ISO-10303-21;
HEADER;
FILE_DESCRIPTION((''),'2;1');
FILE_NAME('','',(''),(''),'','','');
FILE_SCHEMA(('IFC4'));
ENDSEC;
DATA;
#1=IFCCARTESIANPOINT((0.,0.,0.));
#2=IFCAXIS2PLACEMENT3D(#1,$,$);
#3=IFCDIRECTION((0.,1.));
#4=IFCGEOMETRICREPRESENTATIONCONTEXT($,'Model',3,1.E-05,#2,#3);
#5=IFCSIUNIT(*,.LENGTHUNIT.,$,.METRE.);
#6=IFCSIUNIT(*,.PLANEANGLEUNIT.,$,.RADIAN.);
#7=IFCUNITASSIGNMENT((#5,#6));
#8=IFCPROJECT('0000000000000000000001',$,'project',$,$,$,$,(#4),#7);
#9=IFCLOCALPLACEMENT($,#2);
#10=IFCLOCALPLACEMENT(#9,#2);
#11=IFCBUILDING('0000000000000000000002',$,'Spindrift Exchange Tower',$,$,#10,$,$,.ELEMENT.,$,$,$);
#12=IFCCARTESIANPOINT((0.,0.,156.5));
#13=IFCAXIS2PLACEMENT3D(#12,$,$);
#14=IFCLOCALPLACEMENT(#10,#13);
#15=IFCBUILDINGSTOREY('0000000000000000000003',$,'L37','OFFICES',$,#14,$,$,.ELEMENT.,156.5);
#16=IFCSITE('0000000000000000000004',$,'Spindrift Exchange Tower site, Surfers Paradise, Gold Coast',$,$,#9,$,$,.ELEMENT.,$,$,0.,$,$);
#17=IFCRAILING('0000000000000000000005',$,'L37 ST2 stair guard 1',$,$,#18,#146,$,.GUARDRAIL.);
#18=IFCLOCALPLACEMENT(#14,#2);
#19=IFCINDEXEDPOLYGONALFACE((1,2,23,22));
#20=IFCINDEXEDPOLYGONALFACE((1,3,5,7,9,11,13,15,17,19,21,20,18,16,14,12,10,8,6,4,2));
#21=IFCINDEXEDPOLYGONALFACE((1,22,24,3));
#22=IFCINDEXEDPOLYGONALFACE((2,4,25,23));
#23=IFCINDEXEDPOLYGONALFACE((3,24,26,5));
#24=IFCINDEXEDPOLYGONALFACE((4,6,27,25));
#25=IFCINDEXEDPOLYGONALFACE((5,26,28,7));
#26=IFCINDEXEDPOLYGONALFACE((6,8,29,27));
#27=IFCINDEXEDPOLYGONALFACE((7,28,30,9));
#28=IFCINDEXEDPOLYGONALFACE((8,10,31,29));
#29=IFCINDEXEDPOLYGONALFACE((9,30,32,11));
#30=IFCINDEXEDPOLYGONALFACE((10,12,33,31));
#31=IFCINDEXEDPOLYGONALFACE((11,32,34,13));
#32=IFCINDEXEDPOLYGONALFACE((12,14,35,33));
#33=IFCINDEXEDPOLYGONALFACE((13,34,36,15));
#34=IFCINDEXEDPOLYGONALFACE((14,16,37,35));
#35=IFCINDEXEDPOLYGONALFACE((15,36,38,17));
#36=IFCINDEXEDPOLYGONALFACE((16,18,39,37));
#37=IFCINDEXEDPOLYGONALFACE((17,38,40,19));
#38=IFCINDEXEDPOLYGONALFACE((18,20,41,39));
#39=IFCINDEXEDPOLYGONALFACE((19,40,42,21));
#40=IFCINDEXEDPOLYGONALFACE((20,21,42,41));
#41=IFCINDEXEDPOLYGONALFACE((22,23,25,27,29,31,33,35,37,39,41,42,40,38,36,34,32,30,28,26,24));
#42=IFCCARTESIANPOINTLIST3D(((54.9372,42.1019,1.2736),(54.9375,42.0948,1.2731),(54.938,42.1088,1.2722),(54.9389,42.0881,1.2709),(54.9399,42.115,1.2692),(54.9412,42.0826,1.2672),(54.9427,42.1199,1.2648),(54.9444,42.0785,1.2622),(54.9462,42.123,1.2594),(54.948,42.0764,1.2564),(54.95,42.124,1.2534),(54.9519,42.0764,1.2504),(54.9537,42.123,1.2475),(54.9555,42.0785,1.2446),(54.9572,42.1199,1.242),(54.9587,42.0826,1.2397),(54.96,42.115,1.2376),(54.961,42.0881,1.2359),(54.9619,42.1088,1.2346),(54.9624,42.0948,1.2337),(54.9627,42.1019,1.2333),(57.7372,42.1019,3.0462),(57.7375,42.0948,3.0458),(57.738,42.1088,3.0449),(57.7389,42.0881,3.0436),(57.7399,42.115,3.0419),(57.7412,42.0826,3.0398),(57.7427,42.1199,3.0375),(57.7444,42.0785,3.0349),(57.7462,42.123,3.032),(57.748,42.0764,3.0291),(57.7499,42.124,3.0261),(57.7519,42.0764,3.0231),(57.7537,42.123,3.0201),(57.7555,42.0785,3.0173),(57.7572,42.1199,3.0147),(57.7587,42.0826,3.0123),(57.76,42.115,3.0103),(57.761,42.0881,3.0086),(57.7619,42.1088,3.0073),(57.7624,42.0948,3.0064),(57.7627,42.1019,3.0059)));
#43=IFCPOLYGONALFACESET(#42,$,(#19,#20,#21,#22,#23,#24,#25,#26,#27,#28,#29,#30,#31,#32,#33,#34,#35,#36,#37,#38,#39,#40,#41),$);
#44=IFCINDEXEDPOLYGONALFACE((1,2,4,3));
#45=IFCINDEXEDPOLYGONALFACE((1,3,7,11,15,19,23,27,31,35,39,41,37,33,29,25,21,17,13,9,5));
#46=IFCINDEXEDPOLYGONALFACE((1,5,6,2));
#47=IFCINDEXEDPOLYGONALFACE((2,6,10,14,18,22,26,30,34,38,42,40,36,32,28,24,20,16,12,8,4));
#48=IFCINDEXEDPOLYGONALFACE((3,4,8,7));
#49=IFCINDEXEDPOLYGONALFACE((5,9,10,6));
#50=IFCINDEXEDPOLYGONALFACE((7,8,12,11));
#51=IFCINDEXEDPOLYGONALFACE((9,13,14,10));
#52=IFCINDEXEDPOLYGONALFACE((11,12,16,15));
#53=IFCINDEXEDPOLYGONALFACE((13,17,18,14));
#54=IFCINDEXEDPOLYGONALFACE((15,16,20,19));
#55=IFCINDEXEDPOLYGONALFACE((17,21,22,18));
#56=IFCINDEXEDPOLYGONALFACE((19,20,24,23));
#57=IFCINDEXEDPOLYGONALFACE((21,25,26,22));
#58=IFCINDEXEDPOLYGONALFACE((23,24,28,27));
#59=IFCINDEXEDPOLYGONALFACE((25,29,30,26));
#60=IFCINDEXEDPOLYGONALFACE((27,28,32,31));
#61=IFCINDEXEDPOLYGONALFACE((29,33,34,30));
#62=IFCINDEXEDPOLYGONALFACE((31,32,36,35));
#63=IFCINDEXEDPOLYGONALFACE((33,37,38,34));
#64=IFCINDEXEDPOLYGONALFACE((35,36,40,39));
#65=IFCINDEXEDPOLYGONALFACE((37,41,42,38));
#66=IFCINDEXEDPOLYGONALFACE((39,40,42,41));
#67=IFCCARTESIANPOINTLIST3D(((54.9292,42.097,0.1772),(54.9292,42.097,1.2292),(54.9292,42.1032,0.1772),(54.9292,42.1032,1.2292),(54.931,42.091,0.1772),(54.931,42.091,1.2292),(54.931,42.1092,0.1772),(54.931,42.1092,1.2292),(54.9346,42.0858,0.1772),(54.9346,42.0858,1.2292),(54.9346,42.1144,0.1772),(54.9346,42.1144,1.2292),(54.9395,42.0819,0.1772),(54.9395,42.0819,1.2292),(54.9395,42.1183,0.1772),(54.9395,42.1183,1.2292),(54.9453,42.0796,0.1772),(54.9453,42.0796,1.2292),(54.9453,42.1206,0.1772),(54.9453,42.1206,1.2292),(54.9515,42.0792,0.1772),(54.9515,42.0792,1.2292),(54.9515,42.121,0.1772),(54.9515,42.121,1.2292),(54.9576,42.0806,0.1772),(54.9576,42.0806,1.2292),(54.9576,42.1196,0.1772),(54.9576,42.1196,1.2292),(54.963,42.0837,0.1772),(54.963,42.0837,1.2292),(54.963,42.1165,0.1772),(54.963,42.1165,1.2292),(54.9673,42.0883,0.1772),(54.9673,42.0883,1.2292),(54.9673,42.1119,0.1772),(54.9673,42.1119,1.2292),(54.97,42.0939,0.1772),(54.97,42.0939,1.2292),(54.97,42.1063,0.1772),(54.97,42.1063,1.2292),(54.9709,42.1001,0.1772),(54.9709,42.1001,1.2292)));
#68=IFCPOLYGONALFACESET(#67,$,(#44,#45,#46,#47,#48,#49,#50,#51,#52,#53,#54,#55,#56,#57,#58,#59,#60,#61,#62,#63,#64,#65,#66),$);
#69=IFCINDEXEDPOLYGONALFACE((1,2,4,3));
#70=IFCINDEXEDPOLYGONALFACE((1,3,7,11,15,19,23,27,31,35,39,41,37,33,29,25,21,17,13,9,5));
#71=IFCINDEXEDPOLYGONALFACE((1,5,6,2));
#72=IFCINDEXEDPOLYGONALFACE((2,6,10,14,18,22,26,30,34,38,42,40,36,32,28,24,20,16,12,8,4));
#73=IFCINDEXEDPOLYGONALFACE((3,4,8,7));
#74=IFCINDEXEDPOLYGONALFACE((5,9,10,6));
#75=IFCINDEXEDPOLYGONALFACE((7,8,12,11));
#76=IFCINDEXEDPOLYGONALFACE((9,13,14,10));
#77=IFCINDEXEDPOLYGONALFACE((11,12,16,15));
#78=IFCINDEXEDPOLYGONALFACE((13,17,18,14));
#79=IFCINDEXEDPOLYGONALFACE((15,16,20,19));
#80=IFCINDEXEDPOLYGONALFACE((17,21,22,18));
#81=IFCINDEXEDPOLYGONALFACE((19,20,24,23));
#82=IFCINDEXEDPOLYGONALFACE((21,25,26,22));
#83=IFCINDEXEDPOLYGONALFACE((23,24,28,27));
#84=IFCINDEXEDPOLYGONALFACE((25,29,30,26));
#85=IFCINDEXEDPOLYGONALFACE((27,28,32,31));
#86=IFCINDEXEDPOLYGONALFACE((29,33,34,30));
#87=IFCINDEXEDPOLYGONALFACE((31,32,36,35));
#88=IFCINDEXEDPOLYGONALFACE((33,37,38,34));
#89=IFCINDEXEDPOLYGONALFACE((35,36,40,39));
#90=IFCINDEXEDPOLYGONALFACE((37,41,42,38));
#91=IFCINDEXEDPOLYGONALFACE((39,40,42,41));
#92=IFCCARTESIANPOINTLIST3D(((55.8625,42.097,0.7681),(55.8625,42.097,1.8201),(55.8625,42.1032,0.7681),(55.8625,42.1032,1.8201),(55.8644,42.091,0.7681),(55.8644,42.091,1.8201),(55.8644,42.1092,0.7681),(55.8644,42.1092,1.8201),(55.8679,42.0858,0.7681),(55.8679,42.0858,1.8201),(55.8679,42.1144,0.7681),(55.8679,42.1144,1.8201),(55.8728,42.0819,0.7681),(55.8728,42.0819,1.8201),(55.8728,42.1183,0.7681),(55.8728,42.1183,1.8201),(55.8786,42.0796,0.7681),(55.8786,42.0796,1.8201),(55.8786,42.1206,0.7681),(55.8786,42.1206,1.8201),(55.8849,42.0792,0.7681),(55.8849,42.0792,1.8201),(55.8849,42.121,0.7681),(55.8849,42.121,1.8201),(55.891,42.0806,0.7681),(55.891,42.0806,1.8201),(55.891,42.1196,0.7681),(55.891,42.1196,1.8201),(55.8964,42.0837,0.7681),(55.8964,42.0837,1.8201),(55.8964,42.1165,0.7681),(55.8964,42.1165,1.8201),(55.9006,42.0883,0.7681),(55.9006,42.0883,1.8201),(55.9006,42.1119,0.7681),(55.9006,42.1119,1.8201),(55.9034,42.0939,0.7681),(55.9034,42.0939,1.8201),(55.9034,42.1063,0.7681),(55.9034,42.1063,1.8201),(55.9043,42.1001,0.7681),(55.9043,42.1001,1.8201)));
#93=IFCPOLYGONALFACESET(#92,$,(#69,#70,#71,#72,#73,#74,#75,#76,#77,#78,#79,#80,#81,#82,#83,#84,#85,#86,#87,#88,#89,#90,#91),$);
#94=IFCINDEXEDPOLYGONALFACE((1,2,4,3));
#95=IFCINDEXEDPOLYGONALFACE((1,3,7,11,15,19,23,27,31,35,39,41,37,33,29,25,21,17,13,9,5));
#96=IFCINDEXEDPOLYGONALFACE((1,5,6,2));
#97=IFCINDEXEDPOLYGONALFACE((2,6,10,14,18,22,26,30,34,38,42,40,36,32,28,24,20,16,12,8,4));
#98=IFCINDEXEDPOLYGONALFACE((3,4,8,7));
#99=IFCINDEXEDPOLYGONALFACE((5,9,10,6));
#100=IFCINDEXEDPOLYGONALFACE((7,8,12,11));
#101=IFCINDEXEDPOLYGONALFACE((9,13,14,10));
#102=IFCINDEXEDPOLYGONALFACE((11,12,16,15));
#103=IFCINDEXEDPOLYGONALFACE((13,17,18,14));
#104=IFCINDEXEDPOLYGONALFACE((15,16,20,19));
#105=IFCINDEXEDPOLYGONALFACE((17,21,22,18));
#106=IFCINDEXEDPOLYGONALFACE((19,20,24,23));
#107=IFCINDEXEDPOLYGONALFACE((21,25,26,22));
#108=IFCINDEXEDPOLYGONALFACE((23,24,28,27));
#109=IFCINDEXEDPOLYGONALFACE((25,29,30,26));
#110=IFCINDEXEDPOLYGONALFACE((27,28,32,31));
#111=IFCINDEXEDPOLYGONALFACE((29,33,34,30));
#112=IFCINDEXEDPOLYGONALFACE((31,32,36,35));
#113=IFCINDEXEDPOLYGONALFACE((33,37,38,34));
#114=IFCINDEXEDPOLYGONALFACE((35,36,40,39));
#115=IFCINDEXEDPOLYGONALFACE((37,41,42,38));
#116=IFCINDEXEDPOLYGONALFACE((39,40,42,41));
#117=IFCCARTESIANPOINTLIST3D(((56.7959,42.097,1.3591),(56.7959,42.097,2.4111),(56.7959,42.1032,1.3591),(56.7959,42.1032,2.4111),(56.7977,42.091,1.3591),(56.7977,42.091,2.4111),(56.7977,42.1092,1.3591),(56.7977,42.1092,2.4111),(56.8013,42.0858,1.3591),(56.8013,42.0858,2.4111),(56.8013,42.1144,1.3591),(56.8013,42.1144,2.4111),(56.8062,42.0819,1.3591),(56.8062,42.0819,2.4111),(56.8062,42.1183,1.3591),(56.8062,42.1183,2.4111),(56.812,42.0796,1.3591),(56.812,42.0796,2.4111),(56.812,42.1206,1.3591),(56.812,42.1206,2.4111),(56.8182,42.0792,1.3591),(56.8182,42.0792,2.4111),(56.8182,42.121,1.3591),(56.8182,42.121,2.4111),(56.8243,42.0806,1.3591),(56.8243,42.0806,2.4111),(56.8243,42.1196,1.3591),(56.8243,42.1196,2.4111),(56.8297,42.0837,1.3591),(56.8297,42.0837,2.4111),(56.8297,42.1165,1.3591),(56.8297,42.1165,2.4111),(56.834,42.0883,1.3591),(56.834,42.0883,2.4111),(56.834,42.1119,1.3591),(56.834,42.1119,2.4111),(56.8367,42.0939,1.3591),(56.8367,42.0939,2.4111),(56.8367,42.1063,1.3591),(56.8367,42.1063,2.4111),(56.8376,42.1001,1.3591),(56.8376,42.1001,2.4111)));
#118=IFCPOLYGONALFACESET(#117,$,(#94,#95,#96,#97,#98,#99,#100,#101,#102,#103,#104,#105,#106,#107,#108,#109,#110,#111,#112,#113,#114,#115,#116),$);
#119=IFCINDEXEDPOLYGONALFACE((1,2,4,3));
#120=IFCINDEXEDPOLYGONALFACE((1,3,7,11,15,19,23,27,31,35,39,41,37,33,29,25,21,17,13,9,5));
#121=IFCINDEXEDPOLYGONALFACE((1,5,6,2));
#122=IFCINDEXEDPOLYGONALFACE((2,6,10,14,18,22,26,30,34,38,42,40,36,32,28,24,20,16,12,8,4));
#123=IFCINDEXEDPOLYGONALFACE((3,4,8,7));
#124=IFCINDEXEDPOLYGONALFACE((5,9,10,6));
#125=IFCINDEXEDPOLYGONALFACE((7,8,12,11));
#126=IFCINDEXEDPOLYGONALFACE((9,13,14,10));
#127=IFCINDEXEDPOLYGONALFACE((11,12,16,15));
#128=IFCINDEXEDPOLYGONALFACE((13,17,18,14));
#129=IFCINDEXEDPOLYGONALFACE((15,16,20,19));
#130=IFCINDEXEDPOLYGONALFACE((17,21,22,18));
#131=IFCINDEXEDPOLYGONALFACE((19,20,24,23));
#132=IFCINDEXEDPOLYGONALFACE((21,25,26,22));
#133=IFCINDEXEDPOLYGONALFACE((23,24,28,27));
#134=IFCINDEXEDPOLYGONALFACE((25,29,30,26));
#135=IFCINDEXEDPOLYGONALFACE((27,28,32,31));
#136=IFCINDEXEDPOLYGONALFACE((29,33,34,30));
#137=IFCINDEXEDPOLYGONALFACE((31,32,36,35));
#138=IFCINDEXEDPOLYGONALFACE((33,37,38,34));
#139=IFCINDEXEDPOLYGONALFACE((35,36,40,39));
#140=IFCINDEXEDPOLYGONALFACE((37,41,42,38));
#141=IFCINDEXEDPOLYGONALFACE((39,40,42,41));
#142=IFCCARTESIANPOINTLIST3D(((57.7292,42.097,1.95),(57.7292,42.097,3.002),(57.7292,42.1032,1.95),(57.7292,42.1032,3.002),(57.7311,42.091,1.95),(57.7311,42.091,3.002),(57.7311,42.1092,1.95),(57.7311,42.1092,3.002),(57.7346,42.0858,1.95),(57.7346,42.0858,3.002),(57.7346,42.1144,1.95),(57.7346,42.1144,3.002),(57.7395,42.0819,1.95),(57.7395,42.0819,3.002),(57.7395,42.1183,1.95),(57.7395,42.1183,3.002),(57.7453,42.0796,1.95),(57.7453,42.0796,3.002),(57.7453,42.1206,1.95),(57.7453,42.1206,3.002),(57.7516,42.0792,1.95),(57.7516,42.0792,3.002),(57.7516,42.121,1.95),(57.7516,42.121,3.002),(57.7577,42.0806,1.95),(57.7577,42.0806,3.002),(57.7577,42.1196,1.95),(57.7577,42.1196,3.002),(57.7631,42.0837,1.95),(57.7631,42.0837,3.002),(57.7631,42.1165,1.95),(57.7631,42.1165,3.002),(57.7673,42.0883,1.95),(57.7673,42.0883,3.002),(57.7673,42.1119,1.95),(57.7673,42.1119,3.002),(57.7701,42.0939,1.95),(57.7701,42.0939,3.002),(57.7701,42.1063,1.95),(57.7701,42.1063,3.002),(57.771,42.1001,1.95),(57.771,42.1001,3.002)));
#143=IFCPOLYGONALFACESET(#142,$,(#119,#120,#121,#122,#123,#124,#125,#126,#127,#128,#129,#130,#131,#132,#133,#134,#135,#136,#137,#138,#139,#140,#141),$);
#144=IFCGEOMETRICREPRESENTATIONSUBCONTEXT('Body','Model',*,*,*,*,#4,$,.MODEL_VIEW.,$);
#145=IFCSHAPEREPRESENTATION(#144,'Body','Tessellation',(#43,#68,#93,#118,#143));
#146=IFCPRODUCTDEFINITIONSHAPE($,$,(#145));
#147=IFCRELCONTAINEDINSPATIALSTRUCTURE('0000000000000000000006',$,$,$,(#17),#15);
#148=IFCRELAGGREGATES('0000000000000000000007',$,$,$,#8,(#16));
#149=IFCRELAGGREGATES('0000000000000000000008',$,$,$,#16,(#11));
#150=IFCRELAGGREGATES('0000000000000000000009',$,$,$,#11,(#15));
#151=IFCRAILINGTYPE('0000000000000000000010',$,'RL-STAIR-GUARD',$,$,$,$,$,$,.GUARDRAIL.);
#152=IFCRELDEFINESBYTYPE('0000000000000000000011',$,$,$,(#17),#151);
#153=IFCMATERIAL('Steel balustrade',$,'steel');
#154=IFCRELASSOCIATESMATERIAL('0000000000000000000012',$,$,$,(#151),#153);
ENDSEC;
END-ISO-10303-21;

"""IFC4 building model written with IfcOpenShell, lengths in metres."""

from ifc_helpers import new_model, si_unit, direction, frame, origin, origin_2d, place, context, subcontext, project, spatial, circle, extrude, material, type_object, element, save


model = new_model("IFC4")

# Units and contexts
model_context = context("Model", 3, precision=1e-05, world=origin(), true_north=direction((0.0, 1.0)))
body_context = subcontext(model_context, "Body", "Model", "MODEL_VIEW")
ifc_project = project(units=[si_unit("LENGTHUNIT", "METRE"), si_unit("PLANEANGLEUNIT", "RADIAN")], contexts=[model_context])

# Site, building, storey
site_placement = place(None, origin())
site = spatial("IfcSite", under=ifc_project, at=site_placement, Name="Spindrift Exchange Tower site, Surfers Paradise, Gold Coast", CompositionType="ELEMENT", RefElevation=0.0)
building_placement = place(site_placement, origin())
building = spatial("IfcBuilding", under=site, at=building_placement, Name="Spindrift Exchange Tower", CompositionType="ELEMENT")
storey_placement = place(building_placement, frame((0.0, 0.0, 156.5)))
storey = spatial("IfcBuildingStorey", under=building, at=storey_placement, Name="L37", Description="OFFICES", CompositionType="ELEMENT", Elevation=156.5)

# Railing
ifc_material_1 = material(Name="Steel balustrade", Category="steel")
railing_type_1 = type_object("IfcRailingType", Name="RL-STAIR-GUARD", PredefinedType="GUARDRAIL", material=ifc_material_1)
railing_1_placement = place(storey_placement, frame((54.95, 42.1001, 0.1772)))
element("IfcRailing", 1, at=railing_1_placement, inside=storey, type_object=railing_type_1, Name="L37 ST2 stair guard 1", PredefinedType="GUARDRAIL", context=body_context, shape_type="SweptSolid", body=[
    extrude(circle(Radius=0.0239, at=origin_2d()), frame((0.0, 0.0, 1.0762), z_axis=(0.844909, 0.0, 0.53491), x_axis=(0.0, 1.0, 0.0)), (0.0, 0.0, 1.0), 3.314),
    extrude(circle(Radius=0.021, at=origin_2d()), origin(), (0.0, 0.0, 1.0), 1.052),
    extrude(circle(Radius=0.021, at=origin_2d()), frame((0.9333, 0.0, 0.5908)), (0.0, 0.0, 1.0), 1.052),
    extrude(circle(Radius=0.021, at=origin_2d()), frame((1.8667, 0.0, 1.1819)), (0.0, 0.0, 1.0), 1.052),
    extrude(circle(Radius=0.021, at=origin_2d()), frame((2.8, 0.0, 1.7727)), (0.0, 0.0, 1.0), 1.052),
])

save(model, "model.ifc")
